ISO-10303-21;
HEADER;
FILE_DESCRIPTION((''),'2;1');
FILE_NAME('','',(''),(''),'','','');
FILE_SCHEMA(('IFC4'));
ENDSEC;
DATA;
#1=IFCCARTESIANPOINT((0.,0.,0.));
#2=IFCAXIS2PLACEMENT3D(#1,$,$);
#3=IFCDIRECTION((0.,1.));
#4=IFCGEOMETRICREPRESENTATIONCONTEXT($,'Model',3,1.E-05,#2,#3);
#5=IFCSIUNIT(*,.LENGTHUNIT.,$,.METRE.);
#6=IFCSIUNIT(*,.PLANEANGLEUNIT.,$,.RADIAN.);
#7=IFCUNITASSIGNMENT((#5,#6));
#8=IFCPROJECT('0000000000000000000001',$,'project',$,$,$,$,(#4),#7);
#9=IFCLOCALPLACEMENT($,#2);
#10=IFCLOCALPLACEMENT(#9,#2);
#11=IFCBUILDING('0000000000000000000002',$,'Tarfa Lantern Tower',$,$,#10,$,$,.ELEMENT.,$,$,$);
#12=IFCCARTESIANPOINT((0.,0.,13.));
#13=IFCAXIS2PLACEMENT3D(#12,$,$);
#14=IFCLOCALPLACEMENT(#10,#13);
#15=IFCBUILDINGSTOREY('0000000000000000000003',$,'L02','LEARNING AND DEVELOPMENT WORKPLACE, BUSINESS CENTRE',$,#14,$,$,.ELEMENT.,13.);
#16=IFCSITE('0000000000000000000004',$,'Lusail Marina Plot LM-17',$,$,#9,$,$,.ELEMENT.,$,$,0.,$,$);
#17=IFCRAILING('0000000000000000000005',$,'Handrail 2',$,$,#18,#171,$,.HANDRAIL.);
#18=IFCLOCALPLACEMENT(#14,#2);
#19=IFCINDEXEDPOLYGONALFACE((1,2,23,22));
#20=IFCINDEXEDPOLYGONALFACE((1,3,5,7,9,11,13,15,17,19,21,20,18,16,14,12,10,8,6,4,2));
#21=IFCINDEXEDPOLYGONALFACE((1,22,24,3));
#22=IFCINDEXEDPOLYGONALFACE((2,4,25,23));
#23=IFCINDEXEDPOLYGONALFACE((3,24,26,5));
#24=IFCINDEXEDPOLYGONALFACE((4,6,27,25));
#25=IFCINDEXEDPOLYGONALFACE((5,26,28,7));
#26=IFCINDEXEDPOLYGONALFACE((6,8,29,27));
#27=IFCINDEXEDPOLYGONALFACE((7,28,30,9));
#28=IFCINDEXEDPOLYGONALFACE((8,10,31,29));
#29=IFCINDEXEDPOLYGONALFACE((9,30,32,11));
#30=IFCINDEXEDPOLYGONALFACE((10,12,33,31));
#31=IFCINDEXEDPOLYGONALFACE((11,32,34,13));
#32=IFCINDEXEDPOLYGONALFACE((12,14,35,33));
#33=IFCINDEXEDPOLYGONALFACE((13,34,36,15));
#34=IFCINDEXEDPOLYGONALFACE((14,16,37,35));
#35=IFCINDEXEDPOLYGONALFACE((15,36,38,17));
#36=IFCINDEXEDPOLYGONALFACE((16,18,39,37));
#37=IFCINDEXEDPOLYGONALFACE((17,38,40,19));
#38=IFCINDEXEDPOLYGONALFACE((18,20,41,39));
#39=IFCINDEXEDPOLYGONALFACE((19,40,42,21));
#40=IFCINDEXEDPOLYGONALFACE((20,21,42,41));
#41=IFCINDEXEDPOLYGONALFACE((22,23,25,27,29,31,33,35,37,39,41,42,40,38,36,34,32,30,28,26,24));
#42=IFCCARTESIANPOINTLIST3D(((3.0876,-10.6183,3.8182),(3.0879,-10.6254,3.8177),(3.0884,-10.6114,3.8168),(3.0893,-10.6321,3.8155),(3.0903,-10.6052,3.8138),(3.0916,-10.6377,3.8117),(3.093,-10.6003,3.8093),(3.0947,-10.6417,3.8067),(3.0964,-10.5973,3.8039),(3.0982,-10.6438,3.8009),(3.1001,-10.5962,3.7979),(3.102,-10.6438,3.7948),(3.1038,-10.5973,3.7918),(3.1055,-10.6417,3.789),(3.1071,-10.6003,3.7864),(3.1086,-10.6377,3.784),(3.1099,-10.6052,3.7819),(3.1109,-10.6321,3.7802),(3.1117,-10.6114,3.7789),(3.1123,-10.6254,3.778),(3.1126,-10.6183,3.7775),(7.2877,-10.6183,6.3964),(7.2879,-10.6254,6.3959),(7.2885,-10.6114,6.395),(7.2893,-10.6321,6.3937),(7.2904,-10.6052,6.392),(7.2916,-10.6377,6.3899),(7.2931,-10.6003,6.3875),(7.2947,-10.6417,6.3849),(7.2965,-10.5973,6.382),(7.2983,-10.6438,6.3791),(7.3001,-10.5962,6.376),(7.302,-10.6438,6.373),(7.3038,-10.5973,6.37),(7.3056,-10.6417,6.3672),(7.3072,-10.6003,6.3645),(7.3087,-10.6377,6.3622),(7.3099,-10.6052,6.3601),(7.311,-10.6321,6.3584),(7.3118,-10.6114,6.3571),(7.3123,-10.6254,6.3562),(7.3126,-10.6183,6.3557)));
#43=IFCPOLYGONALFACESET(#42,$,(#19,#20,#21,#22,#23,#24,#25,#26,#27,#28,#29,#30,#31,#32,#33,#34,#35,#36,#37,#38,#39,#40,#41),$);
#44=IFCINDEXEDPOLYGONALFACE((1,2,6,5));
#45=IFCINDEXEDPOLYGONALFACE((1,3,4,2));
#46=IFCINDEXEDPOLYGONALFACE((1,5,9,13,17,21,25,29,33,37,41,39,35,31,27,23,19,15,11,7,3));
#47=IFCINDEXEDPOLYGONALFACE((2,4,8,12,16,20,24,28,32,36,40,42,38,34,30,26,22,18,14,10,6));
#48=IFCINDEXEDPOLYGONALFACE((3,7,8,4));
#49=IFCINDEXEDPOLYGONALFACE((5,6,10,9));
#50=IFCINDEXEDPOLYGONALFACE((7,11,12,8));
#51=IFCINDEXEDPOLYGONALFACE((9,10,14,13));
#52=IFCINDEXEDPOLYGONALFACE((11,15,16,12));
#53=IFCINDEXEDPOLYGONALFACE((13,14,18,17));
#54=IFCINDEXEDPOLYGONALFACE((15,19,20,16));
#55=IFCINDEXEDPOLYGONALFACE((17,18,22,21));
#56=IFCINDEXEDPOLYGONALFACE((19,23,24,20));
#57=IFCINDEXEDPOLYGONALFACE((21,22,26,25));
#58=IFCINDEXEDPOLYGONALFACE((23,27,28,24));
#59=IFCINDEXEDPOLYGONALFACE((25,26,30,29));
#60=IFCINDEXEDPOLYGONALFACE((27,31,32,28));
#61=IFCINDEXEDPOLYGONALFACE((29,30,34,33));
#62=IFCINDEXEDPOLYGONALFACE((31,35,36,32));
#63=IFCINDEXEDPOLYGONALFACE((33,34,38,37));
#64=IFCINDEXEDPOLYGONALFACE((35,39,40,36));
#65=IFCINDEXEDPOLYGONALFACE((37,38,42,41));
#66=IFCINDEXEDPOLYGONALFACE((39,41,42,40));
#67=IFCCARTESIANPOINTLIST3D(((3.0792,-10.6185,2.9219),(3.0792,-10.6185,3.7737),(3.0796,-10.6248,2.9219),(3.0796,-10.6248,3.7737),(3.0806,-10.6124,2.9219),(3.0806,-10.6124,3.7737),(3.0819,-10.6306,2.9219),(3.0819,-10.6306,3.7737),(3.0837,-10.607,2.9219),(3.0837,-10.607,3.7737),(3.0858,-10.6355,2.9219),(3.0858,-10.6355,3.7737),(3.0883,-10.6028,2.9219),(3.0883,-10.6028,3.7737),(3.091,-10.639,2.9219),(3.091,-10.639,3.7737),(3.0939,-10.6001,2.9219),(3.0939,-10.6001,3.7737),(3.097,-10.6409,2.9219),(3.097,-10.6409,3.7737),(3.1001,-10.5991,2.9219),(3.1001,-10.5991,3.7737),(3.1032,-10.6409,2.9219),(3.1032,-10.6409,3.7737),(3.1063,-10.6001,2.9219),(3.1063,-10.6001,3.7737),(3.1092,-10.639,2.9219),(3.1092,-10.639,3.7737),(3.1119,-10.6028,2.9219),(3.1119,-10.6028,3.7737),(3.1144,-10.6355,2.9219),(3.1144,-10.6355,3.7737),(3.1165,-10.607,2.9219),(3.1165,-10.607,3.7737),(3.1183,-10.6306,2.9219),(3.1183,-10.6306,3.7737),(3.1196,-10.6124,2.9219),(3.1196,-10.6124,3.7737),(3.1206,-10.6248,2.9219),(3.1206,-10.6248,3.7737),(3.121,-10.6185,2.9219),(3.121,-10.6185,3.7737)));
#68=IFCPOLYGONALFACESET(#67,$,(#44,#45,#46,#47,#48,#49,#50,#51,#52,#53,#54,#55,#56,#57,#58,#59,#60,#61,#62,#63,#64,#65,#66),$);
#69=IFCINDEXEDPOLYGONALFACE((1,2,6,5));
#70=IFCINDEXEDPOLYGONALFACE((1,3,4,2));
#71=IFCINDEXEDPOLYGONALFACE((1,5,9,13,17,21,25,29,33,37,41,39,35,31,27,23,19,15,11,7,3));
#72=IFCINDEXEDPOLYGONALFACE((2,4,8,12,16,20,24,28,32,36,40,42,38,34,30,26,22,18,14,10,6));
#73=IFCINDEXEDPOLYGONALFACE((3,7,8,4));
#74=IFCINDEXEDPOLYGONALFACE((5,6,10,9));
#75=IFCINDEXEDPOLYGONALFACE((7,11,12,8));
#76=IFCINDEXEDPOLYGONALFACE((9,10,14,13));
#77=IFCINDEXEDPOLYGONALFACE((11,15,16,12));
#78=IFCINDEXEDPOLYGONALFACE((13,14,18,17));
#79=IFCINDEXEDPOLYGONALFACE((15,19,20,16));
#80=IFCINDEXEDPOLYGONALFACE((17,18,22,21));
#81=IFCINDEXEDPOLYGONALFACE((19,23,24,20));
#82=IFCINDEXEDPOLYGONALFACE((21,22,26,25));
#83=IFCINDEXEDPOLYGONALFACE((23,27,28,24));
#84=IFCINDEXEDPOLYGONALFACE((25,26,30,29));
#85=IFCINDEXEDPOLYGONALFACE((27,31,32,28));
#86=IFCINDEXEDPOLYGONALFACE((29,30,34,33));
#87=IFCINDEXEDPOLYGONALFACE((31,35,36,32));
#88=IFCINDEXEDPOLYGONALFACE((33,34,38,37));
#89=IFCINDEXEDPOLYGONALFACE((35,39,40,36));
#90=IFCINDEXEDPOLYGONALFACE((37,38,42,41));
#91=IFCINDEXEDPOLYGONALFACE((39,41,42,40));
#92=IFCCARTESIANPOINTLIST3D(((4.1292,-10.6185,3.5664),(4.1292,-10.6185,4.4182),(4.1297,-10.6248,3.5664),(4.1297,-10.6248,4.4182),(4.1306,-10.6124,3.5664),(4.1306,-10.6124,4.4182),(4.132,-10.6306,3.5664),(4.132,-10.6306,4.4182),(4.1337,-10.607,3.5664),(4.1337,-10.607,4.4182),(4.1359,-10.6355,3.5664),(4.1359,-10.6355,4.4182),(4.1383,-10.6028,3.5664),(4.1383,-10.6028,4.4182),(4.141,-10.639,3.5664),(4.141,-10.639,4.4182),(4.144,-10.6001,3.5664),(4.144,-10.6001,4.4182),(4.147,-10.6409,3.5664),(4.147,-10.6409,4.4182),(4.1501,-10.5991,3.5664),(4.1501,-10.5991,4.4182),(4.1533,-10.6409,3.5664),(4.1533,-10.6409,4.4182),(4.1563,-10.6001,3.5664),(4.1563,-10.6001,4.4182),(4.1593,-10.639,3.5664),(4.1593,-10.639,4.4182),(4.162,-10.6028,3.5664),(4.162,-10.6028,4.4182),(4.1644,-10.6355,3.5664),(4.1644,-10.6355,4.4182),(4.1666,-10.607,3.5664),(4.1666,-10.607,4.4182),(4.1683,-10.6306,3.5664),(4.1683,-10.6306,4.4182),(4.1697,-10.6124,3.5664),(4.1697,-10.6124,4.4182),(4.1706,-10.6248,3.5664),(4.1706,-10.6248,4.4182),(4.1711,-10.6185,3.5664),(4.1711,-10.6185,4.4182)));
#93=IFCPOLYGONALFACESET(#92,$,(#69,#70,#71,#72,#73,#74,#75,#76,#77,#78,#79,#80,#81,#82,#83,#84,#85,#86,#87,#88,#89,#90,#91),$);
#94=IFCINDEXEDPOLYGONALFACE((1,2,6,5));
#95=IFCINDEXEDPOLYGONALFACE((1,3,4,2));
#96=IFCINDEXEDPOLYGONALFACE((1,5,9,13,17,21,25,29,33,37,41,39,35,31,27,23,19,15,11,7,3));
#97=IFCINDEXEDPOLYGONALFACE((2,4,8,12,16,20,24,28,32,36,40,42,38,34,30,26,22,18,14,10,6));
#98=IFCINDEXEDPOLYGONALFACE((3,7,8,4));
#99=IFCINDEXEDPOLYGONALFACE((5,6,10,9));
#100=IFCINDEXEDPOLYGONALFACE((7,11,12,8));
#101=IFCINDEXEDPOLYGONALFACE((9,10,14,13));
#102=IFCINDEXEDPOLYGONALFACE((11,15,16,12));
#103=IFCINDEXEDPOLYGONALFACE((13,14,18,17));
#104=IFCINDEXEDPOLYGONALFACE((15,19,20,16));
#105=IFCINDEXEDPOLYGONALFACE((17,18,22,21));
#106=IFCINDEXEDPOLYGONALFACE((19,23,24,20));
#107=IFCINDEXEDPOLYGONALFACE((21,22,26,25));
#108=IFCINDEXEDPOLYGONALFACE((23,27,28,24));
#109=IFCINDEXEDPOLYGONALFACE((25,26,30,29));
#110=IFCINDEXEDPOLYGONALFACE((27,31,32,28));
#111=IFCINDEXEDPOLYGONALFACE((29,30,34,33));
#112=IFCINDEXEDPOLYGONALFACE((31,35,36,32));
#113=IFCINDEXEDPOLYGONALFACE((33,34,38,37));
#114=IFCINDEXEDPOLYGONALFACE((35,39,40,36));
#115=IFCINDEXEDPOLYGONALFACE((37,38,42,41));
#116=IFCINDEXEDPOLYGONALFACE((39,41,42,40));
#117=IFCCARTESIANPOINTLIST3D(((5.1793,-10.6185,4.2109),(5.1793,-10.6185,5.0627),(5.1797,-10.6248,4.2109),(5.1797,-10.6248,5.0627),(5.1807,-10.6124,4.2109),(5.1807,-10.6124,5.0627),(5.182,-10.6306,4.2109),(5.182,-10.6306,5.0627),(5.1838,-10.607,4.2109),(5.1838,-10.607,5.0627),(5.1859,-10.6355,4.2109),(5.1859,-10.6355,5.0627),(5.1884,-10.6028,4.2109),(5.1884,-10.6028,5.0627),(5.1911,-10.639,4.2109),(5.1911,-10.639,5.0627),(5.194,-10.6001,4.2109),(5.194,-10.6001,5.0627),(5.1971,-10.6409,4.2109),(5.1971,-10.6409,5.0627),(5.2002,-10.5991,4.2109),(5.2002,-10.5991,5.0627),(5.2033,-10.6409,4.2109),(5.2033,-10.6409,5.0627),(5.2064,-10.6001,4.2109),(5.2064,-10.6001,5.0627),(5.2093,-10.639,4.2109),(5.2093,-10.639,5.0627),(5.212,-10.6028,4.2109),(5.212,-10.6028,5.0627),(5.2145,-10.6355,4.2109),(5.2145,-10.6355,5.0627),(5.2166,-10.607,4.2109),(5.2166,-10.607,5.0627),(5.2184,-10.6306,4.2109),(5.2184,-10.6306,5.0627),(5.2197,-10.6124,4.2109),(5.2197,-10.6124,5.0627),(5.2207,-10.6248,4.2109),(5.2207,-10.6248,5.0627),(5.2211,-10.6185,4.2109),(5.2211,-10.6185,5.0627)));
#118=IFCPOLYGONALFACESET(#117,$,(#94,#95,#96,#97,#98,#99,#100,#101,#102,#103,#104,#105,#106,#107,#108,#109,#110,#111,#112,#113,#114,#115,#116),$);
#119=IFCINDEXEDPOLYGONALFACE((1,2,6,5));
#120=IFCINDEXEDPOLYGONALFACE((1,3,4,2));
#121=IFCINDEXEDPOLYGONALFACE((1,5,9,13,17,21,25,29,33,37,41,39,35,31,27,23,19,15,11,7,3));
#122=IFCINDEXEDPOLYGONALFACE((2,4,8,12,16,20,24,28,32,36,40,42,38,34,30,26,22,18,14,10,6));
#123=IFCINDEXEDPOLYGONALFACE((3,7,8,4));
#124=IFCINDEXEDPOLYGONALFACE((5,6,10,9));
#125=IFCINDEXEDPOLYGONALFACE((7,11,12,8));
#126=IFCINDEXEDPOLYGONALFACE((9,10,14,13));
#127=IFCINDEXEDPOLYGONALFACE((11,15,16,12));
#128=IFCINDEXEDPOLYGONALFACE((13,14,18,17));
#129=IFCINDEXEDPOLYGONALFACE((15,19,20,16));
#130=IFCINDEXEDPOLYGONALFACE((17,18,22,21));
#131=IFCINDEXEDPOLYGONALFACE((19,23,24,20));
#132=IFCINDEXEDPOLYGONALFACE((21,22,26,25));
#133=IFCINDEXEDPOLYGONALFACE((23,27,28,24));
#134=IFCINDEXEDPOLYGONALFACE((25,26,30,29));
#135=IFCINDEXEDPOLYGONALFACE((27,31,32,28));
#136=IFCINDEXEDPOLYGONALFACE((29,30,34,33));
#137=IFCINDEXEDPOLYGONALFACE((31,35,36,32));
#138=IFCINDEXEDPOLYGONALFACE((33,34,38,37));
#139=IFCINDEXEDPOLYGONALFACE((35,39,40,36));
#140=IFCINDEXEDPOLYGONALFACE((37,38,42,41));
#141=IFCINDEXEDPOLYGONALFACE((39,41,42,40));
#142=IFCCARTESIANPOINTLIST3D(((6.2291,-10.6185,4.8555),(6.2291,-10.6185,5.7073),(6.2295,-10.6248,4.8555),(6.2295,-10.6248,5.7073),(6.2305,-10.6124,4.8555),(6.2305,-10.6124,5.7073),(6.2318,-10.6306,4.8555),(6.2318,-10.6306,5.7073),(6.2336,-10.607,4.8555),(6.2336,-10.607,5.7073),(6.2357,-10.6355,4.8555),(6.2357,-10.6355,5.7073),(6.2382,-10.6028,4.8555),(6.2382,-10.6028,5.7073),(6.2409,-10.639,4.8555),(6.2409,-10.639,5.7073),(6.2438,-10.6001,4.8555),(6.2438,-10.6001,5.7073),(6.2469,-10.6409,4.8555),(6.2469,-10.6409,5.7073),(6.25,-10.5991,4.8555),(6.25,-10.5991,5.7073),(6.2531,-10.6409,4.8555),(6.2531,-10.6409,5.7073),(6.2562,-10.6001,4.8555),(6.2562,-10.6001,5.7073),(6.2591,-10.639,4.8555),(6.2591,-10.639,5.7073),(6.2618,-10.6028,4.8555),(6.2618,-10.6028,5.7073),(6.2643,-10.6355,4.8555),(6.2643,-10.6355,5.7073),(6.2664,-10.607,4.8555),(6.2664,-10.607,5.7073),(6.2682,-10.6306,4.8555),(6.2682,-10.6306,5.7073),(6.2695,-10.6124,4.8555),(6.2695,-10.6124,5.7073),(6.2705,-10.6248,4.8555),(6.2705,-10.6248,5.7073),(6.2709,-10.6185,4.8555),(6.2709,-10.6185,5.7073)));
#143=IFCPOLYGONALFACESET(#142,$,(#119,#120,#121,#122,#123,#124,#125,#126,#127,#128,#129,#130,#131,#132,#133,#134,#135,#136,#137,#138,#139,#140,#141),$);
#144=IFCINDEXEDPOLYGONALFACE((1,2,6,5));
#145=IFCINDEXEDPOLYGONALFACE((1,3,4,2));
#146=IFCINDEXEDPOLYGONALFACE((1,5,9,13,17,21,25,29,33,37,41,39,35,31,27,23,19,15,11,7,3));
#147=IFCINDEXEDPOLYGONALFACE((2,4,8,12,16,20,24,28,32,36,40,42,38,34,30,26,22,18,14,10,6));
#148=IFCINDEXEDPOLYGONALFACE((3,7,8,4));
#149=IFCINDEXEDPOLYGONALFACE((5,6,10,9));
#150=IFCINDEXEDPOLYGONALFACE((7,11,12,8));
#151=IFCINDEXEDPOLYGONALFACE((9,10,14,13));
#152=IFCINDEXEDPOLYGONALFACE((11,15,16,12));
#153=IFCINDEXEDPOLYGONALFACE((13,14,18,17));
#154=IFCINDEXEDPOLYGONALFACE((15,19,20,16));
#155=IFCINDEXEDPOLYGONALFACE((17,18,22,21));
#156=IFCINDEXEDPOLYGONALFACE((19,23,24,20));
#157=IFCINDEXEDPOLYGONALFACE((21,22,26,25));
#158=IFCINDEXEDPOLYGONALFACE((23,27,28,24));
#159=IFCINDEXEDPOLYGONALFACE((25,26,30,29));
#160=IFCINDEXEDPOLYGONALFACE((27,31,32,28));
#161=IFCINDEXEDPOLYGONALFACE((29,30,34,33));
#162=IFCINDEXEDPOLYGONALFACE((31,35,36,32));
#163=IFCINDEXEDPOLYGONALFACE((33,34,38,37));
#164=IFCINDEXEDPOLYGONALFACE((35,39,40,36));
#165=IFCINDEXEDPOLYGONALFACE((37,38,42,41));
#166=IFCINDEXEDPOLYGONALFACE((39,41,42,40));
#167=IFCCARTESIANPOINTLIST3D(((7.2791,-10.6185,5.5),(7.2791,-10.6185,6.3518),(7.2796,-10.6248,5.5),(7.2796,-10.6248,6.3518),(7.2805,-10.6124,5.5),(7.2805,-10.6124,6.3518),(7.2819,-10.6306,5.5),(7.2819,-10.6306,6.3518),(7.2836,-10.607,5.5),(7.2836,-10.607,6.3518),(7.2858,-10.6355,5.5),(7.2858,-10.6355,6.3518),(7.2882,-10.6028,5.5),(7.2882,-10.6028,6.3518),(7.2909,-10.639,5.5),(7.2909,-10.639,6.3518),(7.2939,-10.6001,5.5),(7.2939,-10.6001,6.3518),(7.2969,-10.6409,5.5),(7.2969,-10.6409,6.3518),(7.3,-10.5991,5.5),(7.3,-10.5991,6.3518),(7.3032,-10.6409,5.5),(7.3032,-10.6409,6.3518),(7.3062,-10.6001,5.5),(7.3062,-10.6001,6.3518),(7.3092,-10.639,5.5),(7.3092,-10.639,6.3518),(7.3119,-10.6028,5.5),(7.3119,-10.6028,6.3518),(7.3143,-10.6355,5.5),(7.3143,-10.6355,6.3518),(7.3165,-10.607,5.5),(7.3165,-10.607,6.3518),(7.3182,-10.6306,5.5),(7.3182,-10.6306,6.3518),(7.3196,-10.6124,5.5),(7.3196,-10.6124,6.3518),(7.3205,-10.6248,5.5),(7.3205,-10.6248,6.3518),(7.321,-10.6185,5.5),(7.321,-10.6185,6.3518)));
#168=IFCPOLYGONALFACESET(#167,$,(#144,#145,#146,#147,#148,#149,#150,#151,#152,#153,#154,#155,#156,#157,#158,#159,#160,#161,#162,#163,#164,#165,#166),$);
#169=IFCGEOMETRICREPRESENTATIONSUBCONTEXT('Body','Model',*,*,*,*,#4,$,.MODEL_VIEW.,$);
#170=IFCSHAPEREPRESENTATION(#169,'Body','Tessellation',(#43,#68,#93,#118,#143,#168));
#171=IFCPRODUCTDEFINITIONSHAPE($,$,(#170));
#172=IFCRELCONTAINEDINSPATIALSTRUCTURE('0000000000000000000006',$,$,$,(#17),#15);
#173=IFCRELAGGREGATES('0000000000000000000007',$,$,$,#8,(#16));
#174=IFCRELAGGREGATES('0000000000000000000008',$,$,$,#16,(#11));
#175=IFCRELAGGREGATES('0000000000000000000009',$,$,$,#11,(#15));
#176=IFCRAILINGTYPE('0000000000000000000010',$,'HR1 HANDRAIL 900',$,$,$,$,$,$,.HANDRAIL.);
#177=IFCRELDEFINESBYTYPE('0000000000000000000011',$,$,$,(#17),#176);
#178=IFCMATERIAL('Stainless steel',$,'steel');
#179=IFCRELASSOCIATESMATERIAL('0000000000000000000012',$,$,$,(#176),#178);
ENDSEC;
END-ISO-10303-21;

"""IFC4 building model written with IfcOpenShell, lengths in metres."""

from ifc_helpers import new_model, si_unit, direction, frame, origin, origin_2d, place, context, subcontext, project, spatial, circle, extrude, material, type_object, element, save


model = new_model("IFC4")

# Units and contexts
model_context = context("Model", 3, precision=1e-05, world=origin(), true_north=direction((0.0, 1.0)))
body_context = subcontext(model_context, "Body", "Model", "MODEL_VIEW")
ifc_project = project(units=[si_unit("LENGTHUNIT", "METRE"), si_unit("PLANEANGLEUNIT", "RADIAN")], contexts=[model_context])

# Site, building, storey
site_placement = place(None, origin())
site = spatial("IfcSite", under=ifc_project, at=site_placement, Name="Lusail Marina Plot LM-17", CompositionType="ELEMENT", RefElevation=0.0)
building_placement = place(site_placement, origin())
building = spatial("IfcBuilding", under=site, at=building_placement, Name="Tarfa Lantern Tower", CompositionType="ELEMENT")
storey_placement = place(building_placement, frame((0.0, 0.0, 13.0)))
storey = spatial("IfcBuildingStorey", under=building, at=storey_placement, Name="L02", Description="LEARNING AND DEVELOPMENT WORKPLACE, BUSINESS CENTRE", CompositionType="ELEMENT", Elevation=13.0)

# Railing
ifc_material_1 = material(Name="Stainless steel", Category="steel")
railing_type = type_object("IfcRailingType", Name="HR1 HANDRAIL 900", PredefinedType="HANDRAIL", material=ifc_material_1)
railing_1_placement = place(storey_placement, frame((3.1001, -10.6201, 2.9219)))
element("IfcRailing", 1, at=railing_1_placement, inside=storey, type_object=railing_type, Name="Handrail 2", PredefinedType="HANDRAIL", context=body_context, shape_type="SweptSolid", body=[
    extrude(circle(Radius=0.0239, at=origin_2d()), frame((0.0, 0.0, 0.876), z_axis=(0.852243, 0.0, 0.523146), x_axis=(0.0, 1.0, 0.0)), (0.0, 0.0, 1.0), 4.9282),
    extrude(circle(Radius=0.021, at=origin_2d()), frame((0.0, 0.0, 0.0), z_axis=(0.0, 0.0, 1.0), x_axis=(0.0, 1.0, 0.0)), (0.0, 0.0, 1.0), 0.8518),
    extrude(circle(Radius=0.021, at=origin_2d()), frame((1.05, 0.0, 0.6445), z_axis=(0.0, 0.0, 1.0), x_axis=(0.0, 1.0, 0.0)), (0.0, 0.0, 1.0), 0.8518),
    extrude(circle(Radius=0.021, at=origin_2d()), frame((2.1001, 0.0, 1.2891), z_axis=(0.0, 0.0, 1.0), x_axis=(0.0, 1.0, 0.0)), (0.0, 0.0, 1.0), 0.8518),
    extrude(circle(Radius=0.021, at=origin_2d()), frame((3.1499, 0.0, 1.9336), z_axis=(0.0, 0.0, 1.0), x_axis=(0.0, 1.0, 0.0)), (0.0, 0.0, 1.0), 0.8518),
    extrude(circle(Radius=0.021, at=origin_2d()), frame((4.2, 0.0, 2.5781), z_axis=(0.0, 0.0, 1.0), x_axis=(0.0, 1.0, 0.0)), (0.0, 0.0, 1.0), 0.8518),
])

save(model, "model.ifc")
